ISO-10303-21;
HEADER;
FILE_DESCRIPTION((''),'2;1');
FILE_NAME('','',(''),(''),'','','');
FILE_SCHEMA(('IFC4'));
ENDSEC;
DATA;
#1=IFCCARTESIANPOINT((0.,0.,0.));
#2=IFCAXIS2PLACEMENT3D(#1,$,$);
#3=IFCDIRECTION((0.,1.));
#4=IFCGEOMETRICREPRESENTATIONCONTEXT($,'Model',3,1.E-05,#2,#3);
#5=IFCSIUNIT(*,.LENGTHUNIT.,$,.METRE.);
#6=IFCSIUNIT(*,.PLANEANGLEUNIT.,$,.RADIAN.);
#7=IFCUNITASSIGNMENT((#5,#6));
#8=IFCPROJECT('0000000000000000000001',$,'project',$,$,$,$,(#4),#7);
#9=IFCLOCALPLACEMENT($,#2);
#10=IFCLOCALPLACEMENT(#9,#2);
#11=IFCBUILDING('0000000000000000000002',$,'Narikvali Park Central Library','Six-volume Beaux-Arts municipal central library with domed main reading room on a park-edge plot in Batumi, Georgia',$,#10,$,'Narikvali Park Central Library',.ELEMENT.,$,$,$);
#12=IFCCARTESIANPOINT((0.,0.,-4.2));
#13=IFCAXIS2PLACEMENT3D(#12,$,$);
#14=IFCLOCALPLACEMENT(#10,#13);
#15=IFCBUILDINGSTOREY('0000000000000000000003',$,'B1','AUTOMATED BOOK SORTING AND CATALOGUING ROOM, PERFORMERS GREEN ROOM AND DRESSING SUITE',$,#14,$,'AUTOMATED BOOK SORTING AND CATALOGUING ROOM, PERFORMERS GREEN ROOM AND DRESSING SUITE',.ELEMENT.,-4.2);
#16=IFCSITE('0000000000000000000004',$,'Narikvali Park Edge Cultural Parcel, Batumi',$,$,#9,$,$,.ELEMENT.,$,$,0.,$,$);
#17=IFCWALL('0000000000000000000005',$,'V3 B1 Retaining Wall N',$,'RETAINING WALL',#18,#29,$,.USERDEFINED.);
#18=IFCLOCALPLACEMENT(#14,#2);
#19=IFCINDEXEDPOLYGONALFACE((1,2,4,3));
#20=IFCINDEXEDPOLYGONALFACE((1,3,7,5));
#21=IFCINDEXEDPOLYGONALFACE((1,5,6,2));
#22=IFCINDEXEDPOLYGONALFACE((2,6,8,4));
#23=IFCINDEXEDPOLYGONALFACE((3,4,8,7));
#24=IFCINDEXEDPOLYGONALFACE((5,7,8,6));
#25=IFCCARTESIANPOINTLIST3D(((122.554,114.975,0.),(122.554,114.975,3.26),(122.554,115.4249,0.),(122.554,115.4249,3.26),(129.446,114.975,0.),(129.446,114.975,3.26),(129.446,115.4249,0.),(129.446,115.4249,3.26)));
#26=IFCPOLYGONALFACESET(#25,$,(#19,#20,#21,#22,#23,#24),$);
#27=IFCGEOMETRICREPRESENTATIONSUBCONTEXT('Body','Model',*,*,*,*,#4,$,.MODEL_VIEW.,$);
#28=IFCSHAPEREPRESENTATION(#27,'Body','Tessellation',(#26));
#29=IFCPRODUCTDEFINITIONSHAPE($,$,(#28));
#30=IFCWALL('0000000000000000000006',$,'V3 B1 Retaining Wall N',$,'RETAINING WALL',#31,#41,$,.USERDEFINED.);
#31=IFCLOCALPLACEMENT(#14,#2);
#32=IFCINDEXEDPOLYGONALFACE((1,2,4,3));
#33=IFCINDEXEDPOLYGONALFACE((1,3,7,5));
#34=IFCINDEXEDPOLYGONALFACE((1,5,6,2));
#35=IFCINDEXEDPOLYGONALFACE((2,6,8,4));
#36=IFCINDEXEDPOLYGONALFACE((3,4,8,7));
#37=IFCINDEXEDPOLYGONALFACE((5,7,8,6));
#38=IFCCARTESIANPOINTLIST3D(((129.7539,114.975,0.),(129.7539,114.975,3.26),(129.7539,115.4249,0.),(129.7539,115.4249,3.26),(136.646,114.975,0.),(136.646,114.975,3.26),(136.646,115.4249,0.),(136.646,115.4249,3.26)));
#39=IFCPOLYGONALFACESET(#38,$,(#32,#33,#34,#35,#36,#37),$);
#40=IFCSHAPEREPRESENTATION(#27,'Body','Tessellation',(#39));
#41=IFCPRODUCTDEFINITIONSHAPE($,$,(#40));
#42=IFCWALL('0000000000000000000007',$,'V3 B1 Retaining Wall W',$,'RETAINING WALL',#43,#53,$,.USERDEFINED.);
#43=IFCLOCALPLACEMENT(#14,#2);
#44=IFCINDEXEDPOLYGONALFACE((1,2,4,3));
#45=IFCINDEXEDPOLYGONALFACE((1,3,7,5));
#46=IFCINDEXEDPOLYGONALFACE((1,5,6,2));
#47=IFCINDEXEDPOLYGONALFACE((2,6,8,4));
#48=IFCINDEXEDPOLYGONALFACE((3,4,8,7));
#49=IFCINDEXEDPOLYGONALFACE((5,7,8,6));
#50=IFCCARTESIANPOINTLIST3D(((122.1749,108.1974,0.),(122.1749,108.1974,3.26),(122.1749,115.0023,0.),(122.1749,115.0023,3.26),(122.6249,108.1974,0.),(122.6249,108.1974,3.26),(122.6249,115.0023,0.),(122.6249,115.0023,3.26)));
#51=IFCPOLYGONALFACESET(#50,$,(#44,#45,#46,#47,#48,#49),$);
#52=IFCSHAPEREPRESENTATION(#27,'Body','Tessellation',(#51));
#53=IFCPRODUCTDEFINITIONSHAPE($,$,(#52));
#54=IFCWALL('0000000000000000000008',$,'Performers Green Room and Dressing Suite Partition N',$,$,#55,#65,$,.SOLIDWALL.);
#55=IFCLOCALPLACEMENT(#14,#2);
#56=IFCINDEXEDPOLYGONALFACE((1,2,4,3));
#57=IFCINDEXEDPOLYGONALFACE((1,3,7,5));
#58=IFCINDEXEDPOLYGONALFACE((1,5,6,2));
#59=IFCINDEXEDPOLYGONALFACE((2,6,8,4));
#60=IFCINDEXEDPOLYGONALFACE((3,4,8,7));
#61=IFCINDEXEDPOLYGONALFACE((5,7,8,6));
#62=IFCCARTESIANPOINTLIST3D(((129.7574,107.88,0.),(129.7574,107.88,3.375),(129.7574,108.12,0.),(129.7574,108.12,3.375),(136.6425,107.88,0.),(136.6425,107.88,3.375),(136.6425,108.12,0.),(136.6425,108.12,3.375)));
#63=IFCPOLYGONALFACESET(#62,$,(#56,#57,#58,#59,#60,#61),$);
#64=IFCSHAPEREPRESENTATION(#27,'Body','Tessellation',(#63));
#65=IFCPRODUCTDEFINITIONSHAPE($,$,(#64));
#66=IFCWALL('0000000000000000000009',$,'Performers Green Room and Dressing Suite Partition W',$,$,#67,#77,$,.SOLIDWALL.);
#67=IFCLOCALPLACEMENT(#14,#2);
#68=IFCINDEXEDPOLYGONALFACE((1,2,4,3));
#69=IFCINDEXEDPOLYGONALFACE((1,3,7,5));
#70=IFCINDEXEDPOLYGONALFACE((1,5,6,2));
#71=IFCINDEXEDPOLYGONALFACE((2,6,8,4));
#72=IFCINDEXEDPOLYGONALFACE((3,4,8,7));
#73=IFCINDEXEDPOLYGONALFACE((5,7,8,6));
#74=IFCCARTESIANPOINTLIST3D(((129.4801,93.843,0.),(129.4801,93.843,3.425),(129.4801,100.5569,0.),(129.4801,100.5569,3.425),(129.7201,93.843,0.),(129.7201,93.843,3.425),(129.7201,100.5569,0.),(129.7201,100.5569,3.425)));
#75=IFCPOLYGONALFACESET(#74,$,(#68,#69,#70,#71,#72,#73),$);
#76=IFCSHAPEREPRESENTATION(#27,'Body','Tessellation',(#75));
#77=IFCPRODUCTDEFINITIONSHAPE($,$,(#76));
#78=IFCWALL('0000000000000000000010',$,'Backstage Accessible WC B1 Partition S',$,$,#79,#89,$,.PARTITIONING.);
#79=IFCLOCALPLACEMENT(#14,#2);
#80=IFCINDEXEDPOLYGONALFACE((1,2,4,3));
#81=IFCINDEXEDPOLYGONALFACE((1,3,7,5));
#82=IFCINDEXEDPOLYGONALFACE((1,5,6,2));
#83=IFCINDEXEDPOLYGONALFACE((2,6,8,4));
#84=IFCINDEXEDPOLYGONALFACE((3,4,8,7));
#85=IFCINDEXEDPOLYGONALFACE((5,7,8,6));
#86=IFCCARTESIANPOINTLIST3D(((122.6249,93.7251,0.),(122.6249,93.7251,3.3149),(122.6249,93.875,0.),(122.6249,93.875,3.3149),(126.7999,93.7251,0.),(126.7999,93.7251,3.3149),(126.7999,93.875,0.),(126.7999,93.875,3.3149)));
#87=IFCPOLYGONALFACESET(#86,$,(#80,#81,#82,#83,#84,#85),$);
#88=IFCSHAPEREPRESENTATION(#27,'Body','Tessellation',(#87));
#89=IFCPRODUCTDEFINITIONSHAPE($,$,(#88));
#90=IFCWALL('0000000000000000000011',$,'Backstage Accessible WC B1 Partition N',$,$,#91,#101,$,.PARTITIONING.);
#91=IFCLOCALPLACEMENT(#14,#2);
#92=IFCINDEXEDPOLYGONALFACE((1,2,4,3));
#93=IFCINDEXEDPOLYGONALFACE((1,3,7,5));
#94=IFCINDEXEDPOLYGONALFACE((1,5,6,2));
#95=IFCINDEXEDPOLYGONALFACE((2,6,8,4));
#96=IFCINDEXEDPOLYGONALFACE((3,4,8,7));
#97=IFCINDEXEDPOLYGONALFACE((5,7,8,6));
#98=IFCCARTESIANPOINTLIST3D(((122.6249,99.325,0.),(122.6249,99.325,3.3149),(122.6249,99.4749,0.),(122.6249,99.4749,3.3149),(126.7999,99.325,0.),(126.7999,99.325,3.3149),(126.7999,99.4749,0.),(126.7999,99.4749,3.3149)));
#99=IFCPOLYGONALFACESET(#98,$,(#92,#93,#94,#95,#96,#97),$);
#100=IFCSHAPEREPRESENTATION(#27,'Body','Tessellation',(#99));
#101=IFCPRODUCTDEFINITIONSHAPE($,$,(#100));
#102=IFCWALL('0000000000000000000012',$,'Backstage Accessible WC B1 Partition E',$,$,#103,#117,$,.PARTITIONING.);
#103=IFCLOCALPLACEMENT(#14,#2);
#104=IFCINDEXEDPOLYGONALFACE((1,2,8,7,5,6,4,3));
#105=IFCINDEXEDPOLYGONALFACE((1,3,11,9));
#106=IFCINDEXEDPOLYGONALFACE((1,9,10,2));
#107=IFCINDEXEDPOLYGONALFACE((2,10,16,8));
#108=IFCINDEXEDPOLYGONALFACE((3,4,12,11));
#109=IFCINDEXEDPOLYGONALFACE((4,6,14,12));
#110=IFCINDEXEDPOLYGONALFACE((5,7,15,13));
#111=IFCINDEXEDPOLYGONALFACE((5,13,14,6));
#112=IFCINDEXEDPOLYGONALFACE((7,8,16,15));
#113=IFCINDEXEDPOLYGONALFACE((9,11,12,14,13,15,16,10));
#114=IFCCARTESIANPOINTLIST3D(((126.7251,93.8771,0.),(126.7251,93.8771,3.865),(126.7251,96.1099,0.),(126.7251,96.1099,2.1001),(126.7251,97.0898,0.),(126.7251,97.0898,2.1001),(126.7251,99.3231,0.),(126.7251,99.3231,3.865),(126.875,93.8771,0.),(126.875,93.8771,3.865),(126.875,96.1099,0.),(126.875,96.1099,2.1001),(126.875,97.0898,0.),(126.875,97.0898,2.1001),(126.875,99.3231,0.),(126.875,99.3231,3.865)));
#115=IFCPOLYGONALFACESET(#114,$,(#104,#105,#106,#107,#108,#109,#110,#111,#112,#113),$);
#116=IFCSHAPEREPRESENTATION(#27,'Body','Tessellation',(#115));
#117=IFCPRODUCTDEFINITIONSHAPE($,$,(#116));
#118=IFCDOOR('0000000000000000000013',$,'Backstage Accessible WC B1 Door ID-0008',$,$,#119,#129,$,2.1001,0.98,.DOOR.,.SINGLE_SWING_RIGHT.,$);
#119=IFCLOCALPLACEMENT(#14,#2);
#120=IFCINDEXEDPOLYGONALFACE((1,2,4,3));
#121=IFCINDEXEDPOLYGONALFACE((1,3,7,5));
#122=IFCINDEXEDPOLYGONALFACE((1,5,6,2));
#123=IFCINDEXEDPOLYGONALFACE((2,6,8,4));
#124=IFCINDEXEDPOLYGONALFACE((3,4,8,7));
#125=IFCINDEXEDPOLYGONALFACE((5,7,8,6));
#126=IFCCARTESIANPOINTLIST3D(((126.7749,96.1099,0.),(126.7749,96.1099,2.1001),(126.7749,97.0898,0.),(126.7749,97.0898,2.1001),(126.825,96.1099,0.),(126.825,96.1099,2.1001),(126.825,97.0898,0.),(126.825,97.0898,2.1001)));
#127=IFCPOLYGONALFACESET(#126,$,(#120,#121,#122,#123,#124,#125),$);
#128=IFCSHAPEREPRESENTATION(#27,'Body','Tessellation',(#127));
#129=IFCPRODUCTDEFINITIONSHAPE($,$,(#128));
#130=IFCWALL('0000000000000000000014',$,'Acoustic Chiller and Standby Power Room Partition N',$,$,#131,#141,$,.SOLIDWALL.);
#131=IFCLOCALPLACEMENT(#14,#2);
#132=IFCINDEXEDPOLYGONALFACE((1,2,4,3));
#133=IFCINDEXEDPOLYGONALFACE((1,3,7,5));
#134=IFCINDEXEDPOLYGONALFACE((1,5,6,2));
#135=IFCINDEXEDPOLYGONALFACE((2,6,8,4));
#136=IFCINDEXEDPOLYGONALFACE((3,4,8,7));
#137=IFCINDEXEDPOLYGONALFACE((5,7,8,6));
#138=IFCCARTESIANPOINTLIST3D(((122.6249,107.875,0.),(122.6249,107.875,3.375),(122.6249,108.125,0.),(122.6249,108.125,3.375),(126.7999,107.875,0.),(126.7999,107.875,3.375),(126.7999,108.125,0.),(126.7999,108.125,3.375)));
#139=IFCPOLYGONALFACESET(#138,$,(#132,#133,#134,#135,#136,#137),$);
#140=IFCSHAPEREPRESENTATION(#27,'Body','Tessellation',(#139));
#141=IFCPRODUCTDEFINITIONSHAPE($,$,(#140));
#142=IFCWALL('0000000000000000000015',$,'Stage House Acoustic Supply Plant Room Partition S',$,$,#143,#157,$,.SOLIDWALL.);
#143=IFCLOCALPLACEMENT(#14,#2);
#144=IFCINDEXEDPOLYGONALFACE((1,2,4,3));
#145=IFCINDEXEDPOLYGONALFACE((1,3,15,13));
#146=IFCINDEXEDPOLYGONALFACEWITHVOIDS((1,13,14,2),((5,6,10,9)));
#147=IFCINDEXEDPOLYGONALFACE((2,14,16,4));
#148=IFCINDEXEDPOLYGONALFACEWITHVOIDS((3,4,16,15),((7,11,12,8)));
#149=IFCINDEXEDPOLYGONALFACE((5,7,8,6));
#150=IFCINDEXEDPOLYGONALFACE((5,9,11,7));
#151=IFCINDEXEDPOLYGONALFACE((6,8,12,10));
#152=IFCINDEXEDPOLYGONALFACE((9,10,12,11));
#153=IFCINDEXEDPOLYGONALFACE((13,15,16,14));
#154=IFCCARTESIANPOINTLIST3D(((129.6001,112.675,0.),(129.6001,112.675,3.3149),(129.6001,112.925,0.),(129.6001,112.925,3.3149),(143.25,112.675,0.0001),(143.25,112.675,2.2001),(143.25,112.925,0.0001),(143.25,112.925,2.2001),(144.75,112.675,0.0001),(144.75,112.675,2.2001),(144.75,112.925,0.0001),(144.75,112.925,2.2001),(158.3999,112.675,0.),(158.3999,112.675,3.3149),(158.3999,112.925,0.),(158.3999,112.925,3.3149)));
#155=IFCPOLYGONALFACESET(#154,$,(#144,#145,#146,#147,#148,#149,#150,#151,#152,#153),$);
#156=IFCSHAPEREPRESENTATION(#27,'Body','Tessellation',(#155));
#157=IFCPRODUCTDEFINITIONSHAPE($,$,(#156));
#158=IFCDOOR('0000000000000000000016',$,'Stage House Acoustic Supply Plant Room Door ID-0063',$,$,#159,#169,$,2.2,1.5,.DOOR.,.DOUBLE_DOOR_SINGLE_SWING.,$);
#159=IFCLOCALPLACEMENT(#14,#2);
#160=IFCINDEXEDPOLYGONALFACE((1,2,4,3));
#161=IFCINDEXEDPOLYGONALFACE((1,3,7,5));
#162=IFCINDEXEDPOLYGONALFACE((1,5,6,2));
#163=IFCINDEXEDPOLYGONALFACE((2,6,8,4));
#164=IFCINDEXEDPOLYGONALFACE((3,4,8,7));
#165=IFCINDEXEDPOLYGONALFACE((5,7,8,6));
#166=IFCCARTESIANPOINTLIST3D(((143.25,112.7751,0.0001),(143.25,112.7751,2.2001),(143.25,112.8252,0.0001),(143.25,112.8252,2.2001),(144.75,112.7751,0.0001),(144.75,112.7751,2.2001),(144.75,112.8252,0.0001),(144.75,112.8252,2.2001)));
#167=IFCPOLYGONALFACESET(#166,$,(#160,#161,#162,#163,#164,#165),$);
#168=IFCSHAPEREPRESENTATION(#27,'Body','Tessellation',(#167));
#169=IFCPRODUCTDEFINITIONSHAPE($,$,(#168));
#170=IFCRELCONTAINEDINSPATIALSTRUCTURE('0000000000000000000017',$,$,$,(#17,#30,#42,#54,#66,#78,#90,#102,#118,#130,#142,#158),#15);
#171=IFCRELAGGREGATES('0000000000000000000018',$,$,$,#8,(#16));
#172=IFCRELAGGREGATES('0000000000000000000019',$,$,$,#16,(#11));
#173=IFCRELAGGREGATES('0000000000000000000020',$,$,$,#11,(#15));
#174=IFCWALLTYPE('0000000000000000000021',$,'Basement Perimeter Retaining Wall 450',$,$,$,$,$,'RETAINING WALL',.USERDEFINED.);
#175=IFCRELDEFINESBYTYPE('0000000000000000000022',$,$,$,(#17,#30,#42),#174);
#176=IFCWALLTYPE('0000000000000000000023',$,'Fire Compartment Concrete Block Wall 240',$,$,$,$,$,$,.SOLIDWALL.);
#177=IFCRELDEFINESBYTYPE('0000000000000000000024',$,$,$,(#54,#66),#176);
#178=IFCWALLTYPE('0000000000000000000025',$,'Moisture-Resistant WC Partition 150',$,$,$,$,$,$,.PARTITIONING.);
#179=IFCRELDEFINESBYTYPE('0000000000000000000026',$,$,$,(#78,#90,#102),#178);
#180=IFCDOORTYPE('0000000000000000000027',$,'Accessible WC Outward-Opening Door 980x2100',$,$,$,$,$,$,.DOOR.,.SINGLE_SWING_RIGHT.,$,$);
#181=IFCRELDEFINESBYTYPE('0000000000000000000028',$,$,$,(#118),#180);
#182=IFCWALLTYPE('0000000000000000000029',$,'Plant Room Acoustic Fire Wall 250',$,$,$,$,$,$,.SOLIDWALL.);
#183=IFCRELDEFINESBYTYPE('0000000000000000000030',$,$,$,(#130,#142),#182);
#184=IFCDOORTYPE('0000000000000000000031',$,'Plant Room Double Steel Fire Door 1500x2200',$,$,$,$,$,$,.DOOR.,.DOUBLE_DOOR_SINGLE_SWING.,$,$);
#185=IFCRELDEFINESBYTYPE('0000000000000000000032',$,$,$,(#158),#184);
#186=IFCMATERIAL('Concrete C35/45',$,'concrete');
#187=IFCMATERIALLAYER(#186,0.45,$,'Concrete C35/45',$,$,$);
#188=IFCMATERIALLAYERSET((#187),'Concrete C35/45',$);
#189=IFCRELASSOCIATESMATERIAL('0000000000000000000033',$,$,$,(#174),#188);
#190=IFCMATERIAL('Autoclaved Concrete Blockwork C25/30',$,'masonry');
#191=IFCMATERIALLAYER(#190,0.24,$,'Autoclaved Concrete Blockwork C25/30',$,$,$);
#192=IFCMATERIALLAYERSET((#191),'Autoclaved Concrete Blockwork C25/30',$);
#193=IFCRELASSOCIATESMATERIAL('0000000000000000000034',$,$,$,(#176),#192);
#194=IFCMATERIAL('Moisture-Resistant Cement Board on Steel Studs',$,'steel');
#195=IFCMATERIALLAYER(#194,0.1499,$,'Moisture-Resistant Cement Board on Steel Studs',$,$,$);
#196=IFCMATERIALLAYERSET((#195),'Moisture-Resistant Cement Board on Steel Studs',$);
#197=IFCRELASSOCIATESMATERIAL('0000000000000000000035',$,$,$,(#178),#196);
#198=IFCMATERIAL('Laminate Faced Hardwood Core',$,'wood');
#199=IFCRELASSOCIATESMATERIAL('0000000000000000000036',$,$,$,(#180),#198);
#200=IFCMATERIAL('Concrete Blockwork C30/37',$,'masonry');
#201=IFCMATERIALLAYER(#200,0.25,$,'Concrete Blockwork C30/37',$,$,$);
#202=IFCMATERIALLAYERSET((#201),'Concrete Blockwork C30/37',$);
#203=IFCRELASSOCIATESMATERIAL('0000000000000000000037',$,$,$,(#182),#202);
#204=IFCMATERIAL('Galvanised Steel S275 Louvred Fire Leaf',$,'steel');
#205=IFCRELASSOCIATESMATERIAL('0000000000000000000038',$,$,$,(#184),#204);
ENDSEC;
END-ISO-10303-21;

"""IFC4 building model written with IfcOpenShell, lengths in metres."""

from ifc_helpers import new_model, si_unit, direction, frame, frame_2d, origin, place, context, subcontext, project, spatial, rectangle, extrude, material, layer, layer_set, type_object, element, fill, save


model = new_model("IFC4")

# Units and contexts
model_context = context("Model", 3, precision=1e-05, world=origin(), true_north=direction((0.0, 1.0)))
body_context = subcontext(model_context, "Body", "Model", "MODEL_VIEW")
ifc_project = project(units=[si_unit("LENGTHUNIT", "METRE"), si_unit("PLANEANGLEUNIT", "RADIAN")], contexts=[model_context])

# Site, building, storey
site_placement = place(None, origin())
site = spatial("IfcSite", under=ifc_project, at=site_placement, Name="Narikvali Park Edge Cultural Parcel, Batumi", CompositionType="ELEMENT", RefElevation=0.0)
building_placement = place(site_placement, origin())
building = spatial("IfcBuilding", under=site, at=building_placement, Name="Narikvali Park Central Library", Description="Six-volume Beaux-Arts municipal central library with domed main reading room on a park-edge plot in Batumi, Georgia", LongName="Narikvali Park Central Library", CompositionType="ELEMENT")
storey_placement = place(building_placement, frame((0.0, 0.0, -4.2)))
storey = spatial("IfcBuildingStorey", under=building, at=storey_placement, Name="B1", Description="AUTOMATED BOOK SORTING AND CATALOGUING ROOM, PERFORMERS GREEN ROOM AND DRESSING SUITE", LongName="AUTOMATED BOOK SORTING AND CATALOGUING ROOM, PERFORMERS GREEN ROOM AND DRESSING SUITE", CompositionType="ELEMENT", Elevation=-4.2)

# Shared definitions
ifc_material_1 = material(Name="Concrete C35/45", Category="concrete")

# Walls
ifc_layer_1 = layer(ifc_material_1, 0.45, Name="Concrete C35/45")
ifc_layer_set_1 = layer_set([ifc_layer_1], Name="Concrete C35/45")
wall_type_1 = type_object("IfcWallType", Name="Basement Perimeter Retaining Wall 450", ElementType="RETAINING WALL", PredefinedType="USERDEFINED", material=ifc_layer_set_1)
for number, where, z_axis, x_axis, name in (
    (1, (122.554, 115.2, 0.0), (0.0, 0.0, 1.0), (1.0, 0.0, 0.0), "V3 B1 Retaining Wall N"),
    (2, (129.7539, 115.2, 0.0), (0.0, 0.0, 1.0), (1.0, 0.0, 0.0), "V3 B1 Retaining Wall N"),
):
    element("IfcWall", number, at=place(storey_placement, frame(where, z_axis=z_axis, x_axis=x_axis)), inside=storey, type_object=wall_type_1, Name=name, ObjectType="RETAINING WALL", PredefinedType="USERDEFINED", context=body_context, shape_type="SweptSolid", body=[
        extrude(rectangle(XDim=6.8921, YDim=0.45, at=frame_2d((3.446, 0.0))), origin(), (0.0, 0.0, 1.0), 3.26),
    ])
wall_1_placement = place(storey_placement, frame((122.3999, 108.1975, 0.0), z_axis=(0.0, 0.0, 1.0), x_axis=(0.0, 1.0, 0.0)))
element("IfcWall", 3, at=wall_1_placement, inside=storey, type_object=wall_type_1, Name="V3 B1 Retaining Wall W", ObjectType="RETAINING WALL", PredefinedType="USERDEFINED", context=body_context, shape_type="SweptSolid", body=[
    extrude(rectangle(XDim=6.8049, YDim=0.45, at=frame_2d((3.4023, 0.0))), origin(), (0.0, 0.0, 1.0), 3.26),
])
ifc_material_2 = material(Name="Autoclaved Concrete Blockwork C25/30", Category="masonry")
ifc_layer_2 = layer(ifc_material_2, 0.24, Name="Autoclaved Concrete Blockwork C25/30")
ifc_layer_set_2 = layer_set([ifc_layer_2], Name="Autoclaved Concrete Blockwork C25/30")
wall_type_2 = type_object("IfcWallType", Name="Fire Compartment Concrete Block Wall 240", PredefinedType="SOLIDWALL", material=ifc_layer_set_2)
wall_2_placement = place(storey_placement, frame((129.7576, 108.0, 0.0), z_axis=(0.0, 0.0, 1.0), x_axis=(1.0, 0.0, 0.0)))
element("IfcWall", 4, at=wall_2_placement, inside=storey, type_object=wall_type_2, Name="Performers Green Room and Dressing Suite Partition N", PredefinedType="SOLIDWALL", context=body_context, shape_type="SweptSolid", body=[
    extrude(rectangle(XDim=6.885, YDim=0.24, at=frame_2d((3.4424, 0.0))), origin(), (0.0, 0.0, 1.0), 3.375),
])
wall_3_placement = place(storey_placement, frame((129.6001, 93.843, 0.0), z_axis=(0.0, 0.0, 1.0), x_axis=(0.0, 1.0, 0.0)))
element("IfcWall", 5, at=wall_3_placement, inside=storey, type_object=wall_type_2, Name="Performers Green Room and Dressing Suite Partition W", PredefinedType="SOLIDWALL", context=body_context, shape_type="SweptSolid", body=[
    extrude(rectangle(XDim=6.7139, YDim=0.24, at=frame_2d((3.3569, 0.0))), origin(), (0.0, 0.0, 1.0), 3.425),
])
ifc_material_3 = material(Name="Moisture-Resistant Cement Board on Steel Studs", Category="steel")
ifc_layer_3 = layer(ifc_material_3, 0.1499, Name="Moisture-Resistant Cement Board on Steel Studs")
ifc_layer_set_3 = layer_set([ifc_layer_3], Name="Moisture-Resistant Cement Board on Steel Studs")
wall_type_3 = type_object("IfcWallType", Name="Moisture-Resistant WC Partition 150", PredefinedType="PARTITIONING", material=ifc_layer_set_3)
for number, where, z_axis, x_axis, name in (
    (6, (122.625, 93.8, 0.0), (0.0, 0.0, 1.0), (1.0, 0.0, 0.0), "Backstage Accessible WC B1 Partition S"),
    (7, (122.625, 99.3999, 0.0), (0.0, 0.0, 1.0), (1.0, 0.0, 0.0), "Backstage Accessible WC B1 Partition N"),
):
    element("IfcWall", number, at=place(storey_placement, frame(where, z_axis=z_axis, x_axis=x_axis)), inside=storey, type_object=wall_type_3, Name=name, PredefinedType="PARTITIONING", context=body_context, shape_type="SweptSolid", body=[
        extrude(rectangle(XDim=4.175, YDim=0.1499, at=frame_2d((2.0874, 0.0))), origin(), (0.0, 0.0, 1.0), 3.3149),
    ])

# Wall, opening, door
wall_4_placement = place(storey_placement, frame((126.8, 93.877, 0.0), z_axis=(0.0, 0.0, 1.0), x_axis=(0.0, 1.0, 0.0)))
wall_4 = element("IfcWall", 8, at=wall_4_placement, inside=storey, type_object=wall_type_3, Name="Backstage Accessible WC B1 Partition E", PredefinedType="PARTITIONING", context=body_context, shape_type="SweptSolid", body=[
    extrude(rectangle(XDim=5.446, YDim=0.1499, at=frame_2d((2.7231, 0.0))), origin(), (0.0, 0.0, 1.0), 3.865),
])
opening_1_placement = place(wall_4_placement, frame((2.2329, 0.0, 0.0)))
opening_1 = element("IfcOpeningElement", 9, at=opening_1_placement, cuts=wall_4, PredefinedType="OPENING", context=body_context, shape_type="SweptSolid", body=[
    extrude(rectangle(XDim=0.98, YDim=2.1001, at=frame_2d((0.49, 1.05))), frame((0.0, 0.0869, 0.0), z_axis=(0.0, -1.0, 0.0), x_axis=(1.0, 0.0, 0.0)), (0.0, 0.0, 1.0), 0.1738),
])
ifc_material_4 = material(Name="Laminate Faced Hardwood Core", Category="wood")
door_type_1 = type_object("IfcDoorType", Name="Accessible WC Outward-Opening Door 980x2100", OperationType="SINGLE_SWING_RIGHT", PredefinedType="DOOR", material=ifc_material_4)
door_1_placement = place(opening_1_placement, frame((0.98, 0.0, 0.0), z_axis=(0.0, 0.0, 1.0), x_axis=(-1.0, 0.0, 0.0)))
door_1 = element("IfcDoor", 10, at=door_1_placement, inside=storey, type_object=door_type_1, Name="Backstage Accessible WC B1 Door ID-0008", OperationType="SINGLE_SWING_RIGHT", OverallHeight=2.1001, OverallWidth=0.98, PredefinedType="DOOR", context=body_context, shape_type="SweptSolid", body=[
    extrude(rectangle(XDim=0.98, YDim=2.1001, at=frame_2d((0.49, 1.05))), frame((0.0, 0.0249, 0.0), z_axis=(0.0, -1.0, 0.0), x_axis=(1.0, 0.0, 0.0)), (0.0, 0.0, 1.0), 0.05),
])
fill(opening_1, door_1)

# Wall
ifc_material_5 = material(Name="Concrete Blockwork C30/37", Category="masonry")
ifc_layer_4 = layer(ifc_material_5, 0.25, Name="Concrete Blockwork C30/37")
ifc_layer_set_4 = layer_set([ifc_layer_4], Name="Concrete Blockwork C30/37")
wall_type_4 = type_object("IfcWallType", Name="Plant Room Acoustic Fire Wall 250", PredefinedType="SOLIDWALL", material=ifc_layer_set_4)
wall_5_placement = place(storey_placement, frame((122.625, 108.0, 0.0), z_axis=(0.0, 0.0, 1.0), x_axis=(1.0, 0.0, 0.0)))
element("IfcWall", 11, at=wall_5_placement, inside=storey, type_object=wall_type_4, Name="Acoustic Chiller and Standby Power Room Partition N", PredefinedType="SOLIDWALL", context=body_context, shape_type="SweptSolid", body=[
    extrude(rectangle(XDim=4.175, YDim=0.25, at=frame_2d((2.0874, 0.0))), origin(), (0.0, 0.0, 1.0), 3.375),
])

# Wall, opening, door
wall_6_placement = place(storey_placement, frame((129.6001, 112.8, 0.0), z_axis=(0.0, 0.0, 1.0), x_axis=(1.0, 0.0, 0.0)))
wall_6 = element("IfcWall", 12, at=wall_6_placement, inside=storey, type_object=wall_type_4, Name="Stage House Acoustic Supply Plant Room Partition S", PredefinedType="SOLIDWALL", context=body_context, shape_type="SweptSolid", body=[
    extrude(rectangle(XDim=28.7998, YDim=0.25, at=frame_2d((14.3999, 0.0))), origin(), (0.0, 0.0, 1.0), 3.3149),
])
opening_2_placement = place(wall_6_placement, frame((13.6499, 0.0, 0.0)))
opening_2 = element("IfcOpeningElement", 13, at=opening_2_placement, cuts=wall_6, PredefinedType="OPENING", context=body_context, shape_type="SweptSolid", body=[
    extrude(rectangle(XDim=1.5, YDim=2.2, at=frame_2d((0.75, 1.1001))), frame((0.0, 0.137, 0.0), z_axis=(0.0, -1.0, 0.0), x_axis=(1.0, 0.0, 0.0)), (0.0, 0.0, 1.0), 0.2739),
])
ifc_material_6 = material(Name="Galvanised Steel S275 Louvred Fire Leaf", Category="steel")
door_type_2 = type_object("IfcDoorType", Name="Plant Room Double Steel Fire Door 1500x2200", OperationType="DOUBLE_DOOR_SINGLE_SWING", PredefinedType="DOOR", material=ifc_material_6)
door_2_placement = place(opening_2_placement, frame((1.5, 0.0, 0.0), z_axis=(0.0, 0.0, 1.0), x_axis=(-1.0, 0.0, 0.0)))
door_2 = element("IfcDoor", 14, at=door_2_placement, inside=storey, type_object=door_type_2, Name="Stage House Acoustic Supply Plant Room Door ID-0063", OperationType="DOUBLE_DOOR_SINGLE_SWING", OverallHeight=2.2, OverallWidth=1.5, PredefinedType="DOOR", context=body_context, shape_type="SweptSolid", body=[
    extrude(rectangle(XDim=1.5, YDim=2.2, at=frame_2d((0.75, 1.1001))), frame((0.0, 0.0249, 0.0), z_axis=(0.0, -1.0, 0.0), x_axis=(1.0, 0.0, 0.0)), (0.0, 0.0, 1.0), 0.05),
])
fill(opening_2, door_2)

save(model, "model.ifc")
